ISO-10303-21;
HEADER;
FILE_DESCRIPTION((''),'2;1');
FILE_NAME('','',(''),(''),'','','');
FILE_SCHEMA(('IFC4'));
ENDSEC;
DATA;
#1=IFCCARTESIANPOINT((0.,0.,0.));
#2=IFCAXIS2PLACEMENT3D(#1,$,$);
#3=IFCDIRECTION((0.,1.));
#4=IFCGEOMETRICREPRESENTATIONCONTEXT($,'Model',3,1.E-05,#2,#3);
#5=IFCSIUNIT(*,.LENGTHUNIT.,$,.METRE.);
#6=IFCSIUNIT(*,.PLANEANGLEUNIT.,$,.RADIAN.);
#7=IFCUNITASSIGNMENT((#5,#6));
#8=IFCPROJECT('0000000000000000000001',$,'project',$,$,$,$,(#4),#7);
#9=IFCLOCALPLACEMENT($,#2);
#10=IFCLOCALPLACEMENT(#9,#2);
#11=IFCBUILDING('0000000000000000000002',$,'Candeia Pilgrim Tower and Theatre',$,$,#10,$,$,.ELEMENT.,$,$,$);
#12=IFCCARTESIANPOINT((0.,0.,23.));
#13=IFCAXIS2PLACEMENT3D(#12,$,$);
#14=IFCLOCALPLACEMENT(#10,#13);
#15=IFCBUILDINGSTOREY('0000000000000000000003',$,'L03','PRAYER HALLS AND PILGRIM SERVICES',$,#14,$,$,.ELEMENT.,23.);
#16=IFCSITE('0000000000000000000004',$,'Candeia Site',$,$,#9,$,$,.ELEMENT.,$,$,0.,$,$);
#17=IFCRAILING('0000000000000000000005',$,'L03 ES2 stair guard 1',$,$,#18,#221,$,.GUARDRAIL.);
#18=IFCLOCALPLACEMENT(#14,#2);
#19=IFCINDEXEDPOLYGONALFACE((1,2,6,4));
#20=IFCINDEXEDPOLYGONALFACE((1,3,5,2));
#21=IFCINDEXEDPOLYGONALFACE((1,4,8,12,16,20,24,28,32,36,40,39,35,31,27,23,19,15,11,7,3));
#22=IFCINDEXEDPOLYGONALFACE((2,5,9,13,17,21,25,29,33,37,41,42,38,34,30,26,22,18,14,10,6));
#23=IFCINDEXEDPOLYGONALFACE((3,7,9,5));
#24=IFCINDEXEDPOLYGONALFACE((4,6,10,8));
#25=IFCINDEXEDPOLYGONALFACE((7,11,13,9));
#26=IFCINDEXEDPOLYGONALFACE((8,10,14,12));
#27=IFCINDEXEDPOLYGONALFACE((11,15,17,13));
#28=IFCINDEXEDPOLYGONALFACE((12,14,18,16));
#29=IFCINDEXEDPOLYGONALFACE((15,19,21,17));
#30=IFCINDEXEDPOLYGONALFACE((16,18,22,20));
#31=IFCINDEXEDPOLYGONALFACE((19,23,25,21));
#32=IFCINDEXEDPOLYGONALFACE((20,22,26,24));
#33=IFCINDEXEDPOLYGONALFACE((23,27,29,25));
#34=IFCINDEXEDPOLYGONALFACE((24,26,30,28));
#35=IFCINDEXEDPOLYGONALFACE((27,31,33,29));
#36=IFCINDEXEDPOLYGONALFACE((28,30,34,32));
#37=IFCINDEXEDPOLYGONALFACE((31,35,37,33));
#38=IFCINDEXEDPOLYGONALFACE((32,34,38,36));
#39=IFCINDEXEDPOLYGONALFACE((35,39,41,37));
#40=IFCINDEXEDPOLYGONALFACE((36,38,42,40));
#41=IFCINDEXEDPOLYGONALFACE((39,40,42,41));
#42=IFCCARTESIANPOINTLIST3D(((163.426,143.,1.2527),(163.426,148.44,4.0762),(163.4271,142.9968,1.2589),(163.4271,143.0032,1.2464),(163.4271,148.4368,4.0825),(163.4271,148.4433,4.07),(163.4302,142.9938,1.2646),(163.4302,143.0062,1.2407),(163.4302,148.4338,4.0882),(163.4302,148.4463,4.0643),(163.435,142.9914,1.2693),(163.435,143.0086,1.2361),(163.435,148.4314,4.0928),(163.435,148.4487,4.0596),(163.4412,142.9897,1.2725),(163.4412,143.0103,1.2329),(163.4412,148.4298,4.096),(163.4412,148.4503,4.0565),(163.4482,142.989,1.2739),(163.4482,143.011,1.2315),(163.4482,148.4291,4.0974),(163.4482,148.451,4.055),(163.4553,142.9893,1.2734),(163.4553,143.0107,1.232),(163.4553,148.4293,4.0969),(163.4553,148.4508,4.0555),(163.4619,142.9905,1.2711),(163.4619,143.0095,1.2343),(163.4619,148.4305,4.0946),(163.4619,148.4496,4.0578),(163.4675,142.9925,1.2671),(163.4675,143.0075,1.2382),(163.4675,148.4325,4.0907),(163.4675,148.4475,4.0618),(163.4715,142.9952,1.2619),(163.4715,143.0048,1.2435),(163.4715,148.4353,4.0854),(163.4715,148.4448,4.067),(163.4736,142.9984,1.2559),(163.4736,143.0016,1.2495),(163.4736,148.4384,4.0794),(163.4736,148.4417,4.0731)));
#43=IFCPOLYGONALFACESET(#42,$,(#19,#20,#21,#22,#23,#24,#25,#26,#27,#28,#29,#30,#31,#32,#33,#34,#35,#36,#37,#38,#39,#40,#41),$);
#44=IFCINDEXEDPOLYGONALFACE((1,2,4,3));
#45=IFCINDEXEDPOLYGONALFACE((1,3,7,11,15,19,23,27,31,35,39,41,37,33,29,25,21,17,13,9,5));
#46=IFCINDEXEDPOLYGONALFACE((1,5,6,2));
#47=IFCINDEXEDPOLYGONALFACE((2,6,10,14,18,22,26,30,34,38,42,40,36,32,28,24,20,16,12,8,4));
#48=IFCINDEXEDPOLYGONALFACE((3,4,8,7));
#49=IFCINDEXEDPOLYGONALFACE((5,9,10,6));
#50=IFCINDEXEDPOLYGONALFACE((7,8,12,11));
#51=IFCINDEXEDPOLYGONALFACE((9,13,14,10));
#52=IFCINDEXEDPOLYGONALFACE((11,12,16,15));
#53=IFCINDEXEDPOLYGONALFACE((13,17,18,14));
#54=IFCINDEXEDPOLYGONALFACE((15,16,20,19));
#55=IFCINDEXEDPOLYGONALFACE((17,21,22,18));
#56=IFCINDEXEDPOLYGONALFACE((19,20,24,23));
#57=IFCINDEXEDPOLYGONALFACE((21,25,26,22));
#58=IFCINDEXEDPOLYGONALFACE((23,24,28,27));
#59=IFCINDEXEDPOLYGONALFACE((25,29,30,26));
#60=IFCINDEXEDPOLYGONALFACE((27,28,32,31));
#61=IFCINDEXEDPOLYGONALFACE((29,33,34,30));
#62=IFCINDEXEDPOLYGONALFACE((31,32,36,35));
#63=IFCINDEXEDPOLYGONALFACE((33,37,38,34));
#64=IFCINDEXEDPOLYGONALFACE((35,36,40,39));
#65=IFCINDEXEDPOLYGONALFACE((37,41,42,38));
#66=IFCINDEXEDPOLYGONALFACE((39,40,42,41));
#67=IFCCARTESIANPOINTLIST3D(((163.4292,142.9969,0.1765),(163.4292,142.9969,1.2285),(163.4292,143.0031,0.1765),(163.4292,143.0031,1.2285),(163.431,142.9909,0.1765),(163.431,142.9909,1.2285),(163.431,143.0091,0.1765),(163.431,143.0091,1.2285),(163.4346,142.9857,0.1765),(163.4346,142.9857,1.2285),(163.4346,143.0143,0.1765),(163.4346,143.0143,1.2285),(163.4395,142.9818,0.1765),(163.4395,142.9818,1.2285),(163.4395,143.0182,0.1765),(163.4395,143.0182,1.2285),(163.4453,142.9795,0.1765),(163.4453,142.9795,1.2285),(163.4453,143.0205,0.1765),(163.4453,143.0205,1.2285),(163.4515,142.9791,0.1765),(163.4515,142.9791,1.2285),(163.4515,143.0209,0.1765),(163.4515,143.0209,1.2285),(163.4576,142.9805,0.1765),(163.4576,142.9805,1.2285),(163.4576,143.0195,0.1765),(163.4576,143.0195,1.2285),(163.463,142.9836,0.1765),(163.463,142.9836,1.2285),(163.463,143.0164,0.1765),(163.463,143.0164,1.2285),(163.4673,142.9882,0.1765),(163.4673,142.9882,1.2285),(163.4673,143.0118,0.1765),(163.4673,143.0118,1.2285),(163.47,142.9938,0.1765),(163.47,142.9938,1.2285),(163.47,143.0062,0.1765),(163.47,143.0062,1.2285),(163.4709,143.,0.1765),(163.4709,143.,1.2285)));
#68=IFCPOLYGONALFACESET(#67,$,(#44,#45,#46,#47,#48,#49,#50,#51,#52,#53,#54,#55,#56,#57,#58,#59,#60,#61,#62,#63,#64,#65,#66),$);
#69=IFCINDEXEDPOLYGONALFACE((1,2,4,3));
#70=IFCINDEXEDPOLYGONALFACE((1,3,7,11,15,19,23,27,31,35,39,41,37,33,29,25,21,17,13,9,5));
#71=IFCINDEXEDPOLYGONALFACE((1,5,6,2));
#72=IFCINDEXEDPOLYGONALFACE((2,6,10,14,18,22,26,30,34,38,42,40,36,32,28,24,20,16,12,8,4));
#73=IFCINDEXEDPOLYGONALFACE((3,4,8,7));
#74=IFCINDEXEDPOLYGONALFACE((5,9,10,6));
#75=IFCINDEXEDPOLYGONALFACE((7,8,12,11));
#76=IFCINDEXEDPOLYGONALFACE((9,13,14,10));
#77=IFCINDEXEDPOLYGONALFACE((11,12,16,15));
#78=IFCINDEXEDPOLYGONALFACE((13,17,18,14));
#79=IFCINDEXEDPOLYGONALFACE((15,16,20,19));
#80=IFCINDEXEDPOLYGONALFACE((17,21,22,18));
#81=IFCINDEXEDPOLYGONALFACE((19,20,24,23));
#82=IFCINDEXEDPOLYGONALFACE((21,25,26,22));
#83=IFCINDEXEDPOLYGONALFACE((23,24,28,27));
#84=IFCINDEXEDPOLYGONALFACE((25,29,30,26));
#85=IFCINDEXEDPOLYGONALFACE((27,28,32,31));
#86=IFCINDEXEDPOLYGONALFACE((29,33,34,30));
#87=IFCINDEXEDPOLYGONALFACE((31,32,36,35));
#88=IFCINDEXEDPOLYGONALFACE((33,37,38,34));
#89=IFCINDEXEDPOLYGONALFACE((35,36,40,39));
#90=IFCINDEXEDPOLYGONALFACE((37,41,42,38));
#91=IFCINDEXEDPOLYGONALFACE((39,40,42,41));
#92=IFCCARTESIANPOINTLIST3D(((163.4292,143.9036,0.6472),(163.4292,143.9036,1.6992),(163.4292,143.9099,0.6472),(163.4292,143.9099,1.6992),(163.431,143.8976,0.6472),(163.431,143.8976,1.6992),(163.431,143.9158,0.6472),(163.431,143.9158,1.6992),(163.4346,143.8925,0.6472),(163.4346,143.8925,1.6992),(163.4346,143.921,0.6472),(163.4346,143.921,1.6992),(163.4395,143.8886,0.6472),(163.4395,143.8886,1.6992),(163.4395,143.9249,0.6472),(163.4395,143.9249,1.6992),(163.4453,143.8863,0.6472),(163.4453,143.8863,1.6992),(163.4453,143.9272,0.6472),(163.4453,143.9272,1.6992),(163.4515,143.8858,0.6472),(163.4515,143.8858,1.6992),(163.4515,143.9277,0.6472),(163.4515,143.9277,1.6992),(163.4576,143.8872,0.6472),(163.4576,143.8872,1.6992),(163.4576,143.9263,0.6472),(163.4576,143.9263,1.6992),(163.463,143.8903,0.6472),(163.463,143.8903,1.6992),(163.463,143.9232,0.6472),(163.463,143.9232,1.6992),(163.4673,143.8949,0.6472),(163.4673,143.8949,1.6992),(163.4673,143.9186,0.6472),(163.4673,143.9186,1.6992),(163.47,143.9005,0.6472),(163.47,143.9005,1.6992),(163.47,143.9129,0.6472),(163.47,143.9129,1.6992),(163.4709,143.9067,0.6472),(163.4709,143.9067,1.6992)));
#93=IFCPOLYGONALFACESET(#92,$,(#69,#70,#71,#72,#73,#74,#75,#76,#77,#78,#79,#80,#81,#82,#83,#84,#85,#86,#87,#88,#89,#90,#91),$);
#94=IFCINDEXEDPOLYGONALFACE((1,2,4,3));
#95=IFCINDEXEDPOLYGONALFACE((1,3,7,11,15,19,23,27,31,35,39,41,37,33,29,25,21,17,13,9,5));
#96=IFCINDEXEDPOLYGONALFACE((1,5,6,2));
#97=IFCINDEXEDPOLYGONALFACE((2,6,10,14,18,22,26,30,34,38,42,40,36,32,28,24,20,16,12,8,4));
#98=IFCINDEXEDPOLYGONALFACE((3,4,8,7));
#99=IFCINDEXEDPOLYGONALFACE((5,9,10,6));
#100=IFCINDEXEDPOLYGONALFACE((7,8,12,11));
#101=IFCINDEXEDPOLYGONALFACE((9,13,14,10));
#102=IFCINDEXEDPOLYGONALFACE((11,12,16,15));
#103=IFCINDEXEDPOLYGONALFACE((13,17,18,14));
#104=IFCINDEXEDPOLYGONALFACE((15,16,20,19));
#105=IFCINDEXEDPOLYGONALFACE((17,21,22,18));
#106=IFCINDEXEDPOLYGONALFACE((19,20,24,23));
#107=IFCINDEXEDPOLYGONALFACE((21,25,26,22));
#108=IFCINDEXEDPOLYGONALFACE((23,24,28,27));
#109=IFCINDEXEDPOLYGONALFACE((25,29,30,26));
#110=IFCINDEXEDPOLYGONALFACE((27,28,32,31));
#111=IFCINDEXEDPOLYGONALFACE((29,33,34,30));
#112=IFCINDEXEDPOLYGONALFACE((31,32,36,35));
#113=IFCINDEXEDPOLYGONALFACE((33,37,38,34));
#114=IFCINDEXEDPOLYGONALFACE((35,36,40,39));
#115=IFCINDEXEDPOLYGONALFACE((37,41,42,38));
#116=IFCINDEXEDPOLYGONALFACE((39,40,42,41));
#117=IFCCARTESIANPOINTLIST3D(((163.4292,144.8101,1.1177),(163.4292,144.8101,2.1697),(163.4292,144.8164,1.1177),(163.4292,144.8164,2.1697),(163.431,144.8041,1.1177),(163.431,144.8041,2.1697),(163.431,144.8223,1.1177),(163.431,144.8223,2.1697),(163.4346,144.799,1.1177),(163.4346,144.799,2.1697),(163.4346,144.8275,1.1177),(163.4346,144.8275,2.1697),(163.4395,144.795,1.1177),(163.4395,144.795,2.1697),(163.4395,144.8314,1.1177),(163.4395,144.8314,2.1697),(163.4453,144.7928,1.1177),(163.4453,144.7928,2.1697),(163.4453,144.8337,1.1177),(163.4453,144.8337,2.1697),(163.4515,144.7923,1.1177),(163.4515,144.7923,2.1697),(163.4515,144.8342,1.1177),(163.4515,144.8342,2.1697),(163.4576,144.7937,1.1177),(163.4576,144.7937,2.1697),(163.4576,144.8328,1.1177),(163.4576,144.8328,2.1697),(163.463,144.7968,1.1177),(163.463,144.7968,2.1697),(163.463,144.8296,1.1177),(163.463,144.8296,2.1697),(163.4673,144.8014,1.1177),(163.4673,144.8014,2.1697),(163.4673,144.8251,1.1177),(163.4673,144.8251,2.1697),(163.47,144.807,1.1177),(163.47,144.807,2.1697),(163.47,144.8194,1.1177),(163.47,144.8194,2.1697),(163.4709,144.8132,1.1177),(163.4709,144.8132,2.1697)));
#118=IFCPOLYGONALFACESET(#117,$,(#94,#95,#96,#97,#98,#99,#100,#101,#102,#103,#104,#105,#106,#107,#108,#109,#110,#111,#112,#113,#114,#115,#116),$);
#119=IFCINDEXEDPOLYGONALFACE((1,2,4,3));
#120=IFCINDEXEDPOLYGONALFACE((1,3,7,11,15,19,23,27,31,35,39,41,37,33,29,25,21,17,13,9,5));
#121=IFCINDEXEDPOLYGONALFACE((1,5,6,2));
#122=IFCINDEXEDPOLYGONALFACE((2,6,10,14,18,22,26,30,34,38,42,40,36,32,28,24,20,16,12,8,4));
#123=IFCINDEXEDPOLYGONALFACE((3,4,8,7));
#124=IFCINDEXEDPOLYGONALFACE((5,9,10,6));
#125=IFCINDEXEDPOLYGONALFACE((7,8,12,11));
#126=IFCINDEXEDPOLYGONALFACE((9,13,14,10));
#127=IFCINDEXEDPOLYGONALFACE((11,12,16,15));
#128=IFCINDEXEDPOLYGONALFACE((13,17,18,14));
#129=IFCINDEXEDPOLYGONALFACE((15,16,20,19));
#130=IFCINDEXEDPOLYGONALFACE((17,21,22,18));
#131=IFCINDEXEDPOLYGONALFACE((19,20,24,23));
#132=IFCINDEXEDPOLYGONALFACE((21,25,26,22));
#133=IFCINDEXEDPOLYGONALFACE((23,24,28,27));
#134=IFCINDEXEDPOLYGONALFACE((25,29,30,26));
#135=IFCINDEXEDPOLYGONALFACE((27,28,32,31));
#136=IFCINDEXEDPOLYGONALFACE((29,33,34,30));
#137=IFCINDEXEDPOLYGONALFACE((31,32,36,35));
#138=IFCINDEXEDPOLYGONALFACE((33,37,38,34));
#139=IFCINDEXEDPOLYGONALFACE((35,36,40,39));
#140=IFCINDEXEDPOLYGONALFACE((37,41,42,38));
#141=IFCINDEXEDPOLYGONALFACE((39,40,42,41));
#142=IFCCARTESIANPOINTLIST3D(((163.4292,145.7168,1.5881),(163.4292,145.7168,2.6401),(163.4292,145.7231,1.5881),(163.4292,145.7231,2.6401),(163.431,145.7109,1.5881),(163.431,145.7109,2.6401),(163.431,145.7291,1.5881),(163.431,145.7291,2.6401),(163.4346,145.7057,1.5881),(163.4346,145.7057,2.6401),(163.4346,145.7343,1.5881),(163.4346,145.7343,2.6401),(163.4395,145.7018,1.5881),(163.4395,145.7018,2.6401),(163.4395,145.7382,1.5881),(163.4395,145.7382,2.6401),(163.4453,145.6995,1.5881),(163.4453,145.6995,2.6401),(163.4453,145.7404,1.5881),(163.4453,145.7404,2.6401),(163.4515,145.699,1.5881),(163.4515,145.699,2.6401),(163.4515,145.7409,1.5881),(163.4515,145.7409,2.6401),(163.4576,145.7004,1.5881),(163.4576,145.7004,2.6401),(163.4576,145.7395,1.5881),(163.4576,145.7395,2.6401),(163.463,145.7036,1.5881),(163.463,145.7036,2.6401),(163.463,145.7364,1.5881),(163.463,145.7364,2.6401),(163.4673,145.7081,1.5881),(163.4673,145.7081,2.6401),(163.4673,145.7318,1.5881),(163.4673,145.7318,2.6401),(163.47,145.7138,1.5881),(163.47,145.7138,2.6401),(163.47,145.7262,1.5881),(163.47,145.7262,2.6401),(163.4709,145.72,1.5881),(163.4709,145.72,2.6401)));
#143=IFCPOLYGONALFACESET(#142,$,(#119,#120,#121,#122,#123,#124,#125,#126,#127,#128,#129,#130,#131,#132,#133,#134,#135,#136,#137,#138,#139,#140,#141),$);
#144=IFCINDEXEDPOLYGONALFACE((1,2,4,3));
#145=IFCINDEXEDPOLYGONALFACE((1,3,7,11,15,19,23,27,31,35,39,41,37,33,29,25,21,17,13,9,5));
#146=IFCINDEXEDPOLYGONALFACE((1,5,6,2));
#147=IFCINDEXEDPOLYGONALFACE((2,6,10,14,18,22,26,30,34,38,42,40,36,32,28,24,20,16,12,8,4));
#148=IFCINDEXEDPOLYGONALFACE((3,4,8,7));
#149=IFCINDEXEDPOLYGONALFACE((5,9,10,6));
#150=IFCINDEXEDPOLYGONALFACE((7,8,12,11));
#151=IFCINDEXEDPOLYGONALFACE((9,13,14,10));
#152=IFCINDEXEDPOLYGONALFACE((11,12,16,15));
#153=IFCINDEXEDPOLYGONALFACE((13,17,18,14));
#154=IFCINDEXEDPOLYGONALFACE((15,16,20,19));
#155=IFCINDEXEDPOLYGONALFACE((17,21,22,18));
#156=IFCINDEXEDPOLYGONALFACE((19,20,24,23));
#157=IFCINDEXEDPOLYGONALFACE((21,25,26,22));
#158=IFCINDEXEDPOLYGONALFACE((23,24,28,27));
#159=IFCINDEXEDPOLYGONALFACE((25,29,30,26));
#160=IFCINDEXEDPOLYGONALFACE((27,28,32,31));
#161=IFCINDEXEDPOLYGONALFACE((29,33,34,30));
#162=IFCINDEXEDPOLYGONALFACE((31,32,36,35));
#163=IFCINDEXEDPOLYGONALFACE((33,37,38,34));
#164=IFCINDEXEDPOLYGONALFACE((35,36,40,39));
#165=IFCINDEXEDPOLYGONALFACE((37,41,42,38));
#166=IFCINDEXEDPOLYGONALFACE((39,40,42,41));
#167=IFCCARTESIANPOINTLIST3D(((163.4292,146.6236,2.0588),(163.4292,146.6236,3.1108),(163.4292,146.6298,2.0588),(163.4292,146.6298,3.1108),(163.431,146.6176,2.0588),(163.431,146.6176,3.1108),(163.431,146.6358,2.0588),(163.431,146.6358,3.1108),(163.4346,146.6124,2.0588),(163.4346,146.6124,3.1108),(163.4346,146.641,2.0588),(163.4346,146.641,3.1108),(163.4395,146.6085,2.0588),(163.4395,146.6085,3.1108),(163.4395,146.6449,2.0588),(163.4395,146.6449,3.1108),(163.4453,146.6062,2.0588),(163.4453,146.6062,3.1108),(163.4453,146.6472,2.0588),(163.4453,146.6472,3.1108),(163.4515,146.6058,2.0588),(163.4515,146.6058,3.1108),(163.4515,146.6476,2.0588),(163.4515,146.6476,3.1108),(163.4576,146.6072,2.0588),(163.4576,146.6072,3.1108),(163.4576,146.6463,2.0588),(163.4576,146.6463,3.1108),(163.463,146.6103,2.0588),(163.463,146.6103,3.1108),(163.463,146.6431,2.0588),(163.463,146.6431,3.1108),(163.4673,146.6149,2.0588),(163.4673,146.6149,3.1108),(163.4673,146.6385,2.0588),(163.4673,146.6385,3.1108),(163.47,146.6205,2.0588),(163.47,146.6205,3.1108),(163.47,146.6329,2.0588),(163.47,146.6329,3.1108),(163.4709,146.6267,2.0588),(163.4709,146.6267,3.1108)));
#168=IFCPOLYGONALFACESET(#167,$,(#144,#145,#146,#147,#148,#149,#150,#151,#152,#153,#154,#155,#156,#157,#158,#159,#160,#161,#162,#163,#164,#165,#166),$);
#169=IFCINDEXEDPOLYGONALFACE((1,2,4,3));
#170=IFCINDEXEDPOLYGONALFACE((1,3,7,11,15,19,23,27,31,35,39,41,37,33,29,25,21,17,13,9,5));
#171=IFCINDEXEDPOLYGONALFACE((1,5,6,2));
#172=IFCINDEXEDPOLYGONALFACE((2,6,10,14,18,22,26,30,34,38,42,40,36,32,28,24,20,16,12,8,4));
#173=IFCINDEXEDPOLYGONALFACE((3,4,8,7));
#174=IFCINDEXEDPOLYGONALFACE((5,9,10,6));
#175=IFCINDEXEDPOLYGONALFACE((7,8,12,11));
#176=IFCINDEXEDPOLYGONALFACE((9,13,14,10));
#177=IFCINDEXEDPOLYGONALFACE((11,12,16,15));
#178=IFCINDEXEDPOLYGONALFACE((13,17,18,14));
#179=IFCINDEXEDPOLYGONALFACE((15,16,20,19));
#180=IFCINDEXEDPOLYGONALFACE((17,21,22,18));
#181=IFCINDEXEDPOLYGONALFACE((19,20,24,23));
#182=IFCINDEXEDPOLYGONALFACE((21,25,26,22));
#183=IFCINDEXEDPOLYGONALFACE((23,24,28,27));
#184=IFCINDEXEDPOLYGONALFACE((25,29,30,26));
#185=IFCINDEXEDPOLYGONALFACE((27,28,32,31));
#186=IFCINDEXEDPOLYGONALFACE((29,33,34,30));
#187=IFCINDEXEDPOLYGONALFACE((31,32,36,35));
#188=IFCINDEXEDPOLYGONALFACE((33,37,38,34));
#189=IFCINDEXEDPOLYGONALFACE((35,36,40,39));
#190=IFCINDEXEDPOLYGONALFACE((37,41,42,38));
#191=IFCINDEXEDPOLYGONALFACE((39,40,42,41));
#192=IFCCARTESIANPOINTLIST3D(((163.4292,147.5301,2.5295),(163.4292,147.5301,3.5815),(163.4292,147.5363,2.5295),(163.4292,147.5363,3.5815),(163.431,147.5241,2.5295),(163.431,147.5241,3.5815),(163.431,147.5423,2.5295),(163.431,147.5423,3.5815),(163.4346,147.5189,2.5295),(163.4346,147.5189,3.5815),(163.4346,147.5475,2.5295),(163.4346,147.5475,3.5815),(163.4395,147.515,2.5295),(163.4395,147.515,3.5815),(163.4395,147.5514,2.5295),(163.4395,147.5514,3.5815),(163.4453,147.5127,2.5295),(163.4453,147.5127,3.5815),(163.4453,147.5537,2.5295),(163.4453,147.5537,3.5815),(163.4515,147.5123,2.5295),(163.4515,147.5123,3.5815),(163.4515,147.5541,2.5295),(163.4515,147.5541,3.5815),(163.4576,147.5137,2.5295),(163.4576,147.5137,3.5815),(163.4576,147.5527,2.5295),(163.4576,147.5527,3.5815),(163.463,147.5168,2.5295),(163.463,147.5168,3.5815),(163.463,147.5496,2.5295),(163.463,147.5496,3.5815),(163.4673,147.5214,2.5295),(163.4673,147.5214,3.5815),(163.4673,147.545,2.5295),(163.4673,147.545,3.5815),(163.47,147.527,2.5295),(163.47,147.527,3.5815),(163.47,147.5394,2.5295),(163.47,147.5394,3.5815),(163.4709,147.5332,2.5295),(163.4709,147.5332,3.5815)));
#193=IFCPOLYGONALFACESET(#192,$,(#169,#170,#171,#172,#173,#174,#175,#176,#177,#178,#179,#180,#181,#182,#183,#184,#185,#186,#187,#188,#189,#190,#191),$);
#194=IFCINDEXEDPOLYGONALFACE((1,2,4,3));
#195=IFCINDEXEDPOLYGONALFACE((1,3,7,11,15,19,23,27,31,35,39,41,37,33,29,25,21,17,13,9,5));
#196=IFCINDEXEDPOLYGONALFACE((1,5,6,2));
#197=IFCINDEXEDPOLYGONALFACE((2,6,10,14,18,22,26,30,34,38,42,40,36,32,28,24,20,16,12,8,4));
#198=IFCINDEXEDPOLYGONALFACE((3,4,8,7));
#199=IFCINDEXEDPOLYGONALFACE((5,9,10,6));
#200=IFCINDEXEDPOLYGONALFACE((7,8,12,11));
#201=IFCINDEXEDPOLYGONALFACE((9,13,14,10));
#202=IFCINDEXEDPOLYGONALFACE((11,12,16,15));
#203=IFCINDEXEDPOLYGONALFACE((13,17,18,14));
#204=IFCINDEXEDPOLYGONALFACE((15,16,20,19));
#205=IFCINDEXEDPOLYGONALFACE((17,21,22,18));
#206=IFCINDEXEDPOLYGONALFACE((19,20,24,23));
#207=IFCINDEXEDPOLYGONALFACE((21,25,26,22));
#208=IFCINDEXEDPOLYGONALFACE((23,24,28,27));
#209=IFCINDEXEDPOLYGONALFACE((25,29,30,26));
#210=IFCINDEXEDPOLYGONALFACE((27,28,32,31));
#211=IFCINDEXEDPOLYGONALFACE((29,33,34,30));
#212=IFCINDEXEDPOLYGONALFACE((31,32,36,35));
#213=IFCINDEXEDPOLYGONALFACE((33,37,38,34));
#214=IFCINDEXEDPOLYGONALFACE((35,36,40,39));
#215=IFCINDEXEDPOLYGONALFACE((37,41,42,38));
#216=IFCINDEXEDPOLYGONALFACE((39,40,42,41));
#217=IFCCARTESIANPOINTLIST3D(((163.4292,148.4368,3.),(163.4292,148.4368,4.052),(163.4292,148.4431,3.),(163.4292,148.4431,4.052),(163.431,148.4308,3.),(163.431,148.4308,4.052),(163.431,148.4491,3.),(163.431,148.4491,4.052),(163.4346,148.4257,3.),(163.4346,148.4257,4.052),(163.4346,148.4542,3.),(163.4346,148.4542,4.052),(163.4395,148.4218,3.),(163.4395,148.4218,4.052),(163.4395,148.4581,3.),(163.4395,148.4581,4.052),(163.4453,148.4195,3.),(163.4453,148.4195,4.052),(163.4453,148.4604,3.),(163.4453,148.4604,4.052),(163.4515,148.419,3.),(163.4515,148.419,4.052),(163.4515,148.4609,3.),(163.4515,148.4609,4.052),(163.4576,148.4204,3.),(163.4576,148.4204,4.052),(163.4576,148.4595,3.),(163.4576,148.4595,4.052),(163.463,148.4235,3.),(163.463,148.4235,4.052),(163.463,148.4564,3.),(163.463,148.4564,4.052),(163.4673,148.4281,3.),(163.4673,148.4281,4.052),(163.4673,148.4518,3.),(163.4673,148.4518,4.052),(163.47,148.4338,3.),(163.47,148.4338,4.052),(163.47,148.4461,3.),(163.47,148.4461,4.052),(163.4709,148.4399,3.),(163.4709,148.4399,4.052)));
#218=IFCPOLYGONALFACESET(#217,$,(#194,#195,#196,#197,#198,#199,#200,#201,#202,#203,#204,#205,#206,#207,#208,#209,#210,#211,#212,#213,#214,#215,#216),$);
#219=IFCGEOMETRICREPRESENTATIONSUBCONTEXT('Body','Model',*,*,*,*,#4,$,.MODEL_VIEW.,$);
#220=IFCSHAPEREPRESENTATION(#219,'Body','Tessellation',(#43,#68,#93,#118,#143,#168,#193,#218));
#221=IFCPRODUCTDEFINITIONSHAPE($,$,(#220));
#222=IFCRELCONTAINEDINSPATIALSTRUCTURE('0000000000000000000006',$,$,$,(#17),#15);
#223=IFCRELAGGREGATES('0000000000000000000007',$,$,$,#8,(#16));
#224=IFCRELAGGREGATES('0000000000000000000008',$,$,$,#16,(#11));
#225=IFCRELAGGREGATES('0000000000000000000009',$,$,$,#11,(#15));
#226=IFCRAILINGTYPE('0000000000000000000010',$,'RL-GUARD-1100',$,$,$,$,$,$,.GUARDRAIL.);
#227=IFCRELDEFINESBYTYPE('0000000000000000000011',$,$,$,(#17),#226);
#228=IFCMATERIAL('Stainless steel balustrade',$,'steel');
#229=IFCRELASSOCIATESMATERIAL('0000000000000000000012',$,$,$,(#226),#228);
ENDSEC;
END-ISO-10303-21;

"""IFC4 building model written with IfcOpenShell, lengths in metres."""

from ifc_helpers import new_model, si_unit, direction, frame, origin, origin_2d, place, context, subcontext, project, spatial, circle, extrude, material, type_object, element, save


model = new_model("IFC4")

# Units and contexts
model_context = context("Model", 3, precision=1e-05, world=origin(), true_north=direction((0.0, 1.0)))
body_context = subcontext(model_context, "Body", "Model", "MODEL_VIEW")
ifc_project = project(units=[si_unit("LENGTHUNIT", "METRE"), si_unit("PLANEANGLEUNIT", "RADIAN")], contexts=[model_context])

# Site, building, storey
site_placement = place(None, origin())
site = spatial("IfcSite", under=ifc_project, at=site_placement, Name="Candeia Site", CompositionType="ELEMENT", RefElevation=0.0)
building_placement = place(site_placement, origin())
building = spatial("IfcBuilding", under=site, at=building_placement, Name="Candeia Pilgrim Tower and Theatre", CompositionType="ELEMENT")
storey_placement = place(building_placement, frame((0.0, 0.0, 23.0)))
storey = spatial("IfcBuildingStorey", under=building, at=storey_placement, Name="L03", Description="PRAYER HALLS AND PILGRIM SERVICES", CompositionType="ELEMENT", Elevation=23.0)

# Railing
ifc_material_1 = material(Name="Stainless steel balustrade", Category="steel")
railing_type_1 = type_object("IfcRailingType", Name="RL-GUARD-1100", PredefinedType="GUARDRAIL", material=ifc_material_1)
railing_1_placement = place(storey_placement, frame((163.45, 143.0, 0.1765)))
element("IfcRailing", 1, at=railing_1_placement, inside=storey, type_object=railing_type_1, Name="L03 ES2 stair guard 1", PredefinedType="GUARDRAIL", context=body_context, shape_type="SweptSolid", body=[
    extrude(circle(Radius=0.0239, at=origin_2d()), frame((0.0, 0.0, 1.0762), z_axis=(0.0, 0.887569, 0.460674), x_axis=(-1.0, 0.0, 0.0)), (0.0, 0.0, 1.0), 6.1292),
    extrude(circle(Radius=0.021, at=origin_2d()), origin(), (0.0, 0.0, 1.0), 1.052),
    extrude(circle(Radius=0.021, at=origin_2d()), frame((0.0, 0.9067, 0.4707)), (0.0, 0.0, 1.0), 1.052),
    extrude(circle(Radius=0.021, at=origin_2d()), frame((0.0, 1.8132, 0.9412)), (0.0, 0.0, 1.0), 1.052),
    extrude(circle(Radius=0.021, at=origin_2d()), frame((0.0, 2.72, 1.4116)), (0.0, 0.0, 1.0), 1.052),
    extrude(circle(Radius=0.021, at=origin_2d()), frame((0.0, 3.6267, 1.8823)), (0.0, 0.0, 1.0), 1.052),
    extrude(circle(Radius=0.021, at=origin_2d()), frame((0.0, 4.5332, 2.353)), (0.0, 0.0, 1.0), 1.052),
    extrude(circle(Radius=0.021, at=origin_2d()), frame((0.0, 5.4399, 2.8235)), (0.0, 0.0, 1.0), 1.052),
])

save(model, "model.ifc")
